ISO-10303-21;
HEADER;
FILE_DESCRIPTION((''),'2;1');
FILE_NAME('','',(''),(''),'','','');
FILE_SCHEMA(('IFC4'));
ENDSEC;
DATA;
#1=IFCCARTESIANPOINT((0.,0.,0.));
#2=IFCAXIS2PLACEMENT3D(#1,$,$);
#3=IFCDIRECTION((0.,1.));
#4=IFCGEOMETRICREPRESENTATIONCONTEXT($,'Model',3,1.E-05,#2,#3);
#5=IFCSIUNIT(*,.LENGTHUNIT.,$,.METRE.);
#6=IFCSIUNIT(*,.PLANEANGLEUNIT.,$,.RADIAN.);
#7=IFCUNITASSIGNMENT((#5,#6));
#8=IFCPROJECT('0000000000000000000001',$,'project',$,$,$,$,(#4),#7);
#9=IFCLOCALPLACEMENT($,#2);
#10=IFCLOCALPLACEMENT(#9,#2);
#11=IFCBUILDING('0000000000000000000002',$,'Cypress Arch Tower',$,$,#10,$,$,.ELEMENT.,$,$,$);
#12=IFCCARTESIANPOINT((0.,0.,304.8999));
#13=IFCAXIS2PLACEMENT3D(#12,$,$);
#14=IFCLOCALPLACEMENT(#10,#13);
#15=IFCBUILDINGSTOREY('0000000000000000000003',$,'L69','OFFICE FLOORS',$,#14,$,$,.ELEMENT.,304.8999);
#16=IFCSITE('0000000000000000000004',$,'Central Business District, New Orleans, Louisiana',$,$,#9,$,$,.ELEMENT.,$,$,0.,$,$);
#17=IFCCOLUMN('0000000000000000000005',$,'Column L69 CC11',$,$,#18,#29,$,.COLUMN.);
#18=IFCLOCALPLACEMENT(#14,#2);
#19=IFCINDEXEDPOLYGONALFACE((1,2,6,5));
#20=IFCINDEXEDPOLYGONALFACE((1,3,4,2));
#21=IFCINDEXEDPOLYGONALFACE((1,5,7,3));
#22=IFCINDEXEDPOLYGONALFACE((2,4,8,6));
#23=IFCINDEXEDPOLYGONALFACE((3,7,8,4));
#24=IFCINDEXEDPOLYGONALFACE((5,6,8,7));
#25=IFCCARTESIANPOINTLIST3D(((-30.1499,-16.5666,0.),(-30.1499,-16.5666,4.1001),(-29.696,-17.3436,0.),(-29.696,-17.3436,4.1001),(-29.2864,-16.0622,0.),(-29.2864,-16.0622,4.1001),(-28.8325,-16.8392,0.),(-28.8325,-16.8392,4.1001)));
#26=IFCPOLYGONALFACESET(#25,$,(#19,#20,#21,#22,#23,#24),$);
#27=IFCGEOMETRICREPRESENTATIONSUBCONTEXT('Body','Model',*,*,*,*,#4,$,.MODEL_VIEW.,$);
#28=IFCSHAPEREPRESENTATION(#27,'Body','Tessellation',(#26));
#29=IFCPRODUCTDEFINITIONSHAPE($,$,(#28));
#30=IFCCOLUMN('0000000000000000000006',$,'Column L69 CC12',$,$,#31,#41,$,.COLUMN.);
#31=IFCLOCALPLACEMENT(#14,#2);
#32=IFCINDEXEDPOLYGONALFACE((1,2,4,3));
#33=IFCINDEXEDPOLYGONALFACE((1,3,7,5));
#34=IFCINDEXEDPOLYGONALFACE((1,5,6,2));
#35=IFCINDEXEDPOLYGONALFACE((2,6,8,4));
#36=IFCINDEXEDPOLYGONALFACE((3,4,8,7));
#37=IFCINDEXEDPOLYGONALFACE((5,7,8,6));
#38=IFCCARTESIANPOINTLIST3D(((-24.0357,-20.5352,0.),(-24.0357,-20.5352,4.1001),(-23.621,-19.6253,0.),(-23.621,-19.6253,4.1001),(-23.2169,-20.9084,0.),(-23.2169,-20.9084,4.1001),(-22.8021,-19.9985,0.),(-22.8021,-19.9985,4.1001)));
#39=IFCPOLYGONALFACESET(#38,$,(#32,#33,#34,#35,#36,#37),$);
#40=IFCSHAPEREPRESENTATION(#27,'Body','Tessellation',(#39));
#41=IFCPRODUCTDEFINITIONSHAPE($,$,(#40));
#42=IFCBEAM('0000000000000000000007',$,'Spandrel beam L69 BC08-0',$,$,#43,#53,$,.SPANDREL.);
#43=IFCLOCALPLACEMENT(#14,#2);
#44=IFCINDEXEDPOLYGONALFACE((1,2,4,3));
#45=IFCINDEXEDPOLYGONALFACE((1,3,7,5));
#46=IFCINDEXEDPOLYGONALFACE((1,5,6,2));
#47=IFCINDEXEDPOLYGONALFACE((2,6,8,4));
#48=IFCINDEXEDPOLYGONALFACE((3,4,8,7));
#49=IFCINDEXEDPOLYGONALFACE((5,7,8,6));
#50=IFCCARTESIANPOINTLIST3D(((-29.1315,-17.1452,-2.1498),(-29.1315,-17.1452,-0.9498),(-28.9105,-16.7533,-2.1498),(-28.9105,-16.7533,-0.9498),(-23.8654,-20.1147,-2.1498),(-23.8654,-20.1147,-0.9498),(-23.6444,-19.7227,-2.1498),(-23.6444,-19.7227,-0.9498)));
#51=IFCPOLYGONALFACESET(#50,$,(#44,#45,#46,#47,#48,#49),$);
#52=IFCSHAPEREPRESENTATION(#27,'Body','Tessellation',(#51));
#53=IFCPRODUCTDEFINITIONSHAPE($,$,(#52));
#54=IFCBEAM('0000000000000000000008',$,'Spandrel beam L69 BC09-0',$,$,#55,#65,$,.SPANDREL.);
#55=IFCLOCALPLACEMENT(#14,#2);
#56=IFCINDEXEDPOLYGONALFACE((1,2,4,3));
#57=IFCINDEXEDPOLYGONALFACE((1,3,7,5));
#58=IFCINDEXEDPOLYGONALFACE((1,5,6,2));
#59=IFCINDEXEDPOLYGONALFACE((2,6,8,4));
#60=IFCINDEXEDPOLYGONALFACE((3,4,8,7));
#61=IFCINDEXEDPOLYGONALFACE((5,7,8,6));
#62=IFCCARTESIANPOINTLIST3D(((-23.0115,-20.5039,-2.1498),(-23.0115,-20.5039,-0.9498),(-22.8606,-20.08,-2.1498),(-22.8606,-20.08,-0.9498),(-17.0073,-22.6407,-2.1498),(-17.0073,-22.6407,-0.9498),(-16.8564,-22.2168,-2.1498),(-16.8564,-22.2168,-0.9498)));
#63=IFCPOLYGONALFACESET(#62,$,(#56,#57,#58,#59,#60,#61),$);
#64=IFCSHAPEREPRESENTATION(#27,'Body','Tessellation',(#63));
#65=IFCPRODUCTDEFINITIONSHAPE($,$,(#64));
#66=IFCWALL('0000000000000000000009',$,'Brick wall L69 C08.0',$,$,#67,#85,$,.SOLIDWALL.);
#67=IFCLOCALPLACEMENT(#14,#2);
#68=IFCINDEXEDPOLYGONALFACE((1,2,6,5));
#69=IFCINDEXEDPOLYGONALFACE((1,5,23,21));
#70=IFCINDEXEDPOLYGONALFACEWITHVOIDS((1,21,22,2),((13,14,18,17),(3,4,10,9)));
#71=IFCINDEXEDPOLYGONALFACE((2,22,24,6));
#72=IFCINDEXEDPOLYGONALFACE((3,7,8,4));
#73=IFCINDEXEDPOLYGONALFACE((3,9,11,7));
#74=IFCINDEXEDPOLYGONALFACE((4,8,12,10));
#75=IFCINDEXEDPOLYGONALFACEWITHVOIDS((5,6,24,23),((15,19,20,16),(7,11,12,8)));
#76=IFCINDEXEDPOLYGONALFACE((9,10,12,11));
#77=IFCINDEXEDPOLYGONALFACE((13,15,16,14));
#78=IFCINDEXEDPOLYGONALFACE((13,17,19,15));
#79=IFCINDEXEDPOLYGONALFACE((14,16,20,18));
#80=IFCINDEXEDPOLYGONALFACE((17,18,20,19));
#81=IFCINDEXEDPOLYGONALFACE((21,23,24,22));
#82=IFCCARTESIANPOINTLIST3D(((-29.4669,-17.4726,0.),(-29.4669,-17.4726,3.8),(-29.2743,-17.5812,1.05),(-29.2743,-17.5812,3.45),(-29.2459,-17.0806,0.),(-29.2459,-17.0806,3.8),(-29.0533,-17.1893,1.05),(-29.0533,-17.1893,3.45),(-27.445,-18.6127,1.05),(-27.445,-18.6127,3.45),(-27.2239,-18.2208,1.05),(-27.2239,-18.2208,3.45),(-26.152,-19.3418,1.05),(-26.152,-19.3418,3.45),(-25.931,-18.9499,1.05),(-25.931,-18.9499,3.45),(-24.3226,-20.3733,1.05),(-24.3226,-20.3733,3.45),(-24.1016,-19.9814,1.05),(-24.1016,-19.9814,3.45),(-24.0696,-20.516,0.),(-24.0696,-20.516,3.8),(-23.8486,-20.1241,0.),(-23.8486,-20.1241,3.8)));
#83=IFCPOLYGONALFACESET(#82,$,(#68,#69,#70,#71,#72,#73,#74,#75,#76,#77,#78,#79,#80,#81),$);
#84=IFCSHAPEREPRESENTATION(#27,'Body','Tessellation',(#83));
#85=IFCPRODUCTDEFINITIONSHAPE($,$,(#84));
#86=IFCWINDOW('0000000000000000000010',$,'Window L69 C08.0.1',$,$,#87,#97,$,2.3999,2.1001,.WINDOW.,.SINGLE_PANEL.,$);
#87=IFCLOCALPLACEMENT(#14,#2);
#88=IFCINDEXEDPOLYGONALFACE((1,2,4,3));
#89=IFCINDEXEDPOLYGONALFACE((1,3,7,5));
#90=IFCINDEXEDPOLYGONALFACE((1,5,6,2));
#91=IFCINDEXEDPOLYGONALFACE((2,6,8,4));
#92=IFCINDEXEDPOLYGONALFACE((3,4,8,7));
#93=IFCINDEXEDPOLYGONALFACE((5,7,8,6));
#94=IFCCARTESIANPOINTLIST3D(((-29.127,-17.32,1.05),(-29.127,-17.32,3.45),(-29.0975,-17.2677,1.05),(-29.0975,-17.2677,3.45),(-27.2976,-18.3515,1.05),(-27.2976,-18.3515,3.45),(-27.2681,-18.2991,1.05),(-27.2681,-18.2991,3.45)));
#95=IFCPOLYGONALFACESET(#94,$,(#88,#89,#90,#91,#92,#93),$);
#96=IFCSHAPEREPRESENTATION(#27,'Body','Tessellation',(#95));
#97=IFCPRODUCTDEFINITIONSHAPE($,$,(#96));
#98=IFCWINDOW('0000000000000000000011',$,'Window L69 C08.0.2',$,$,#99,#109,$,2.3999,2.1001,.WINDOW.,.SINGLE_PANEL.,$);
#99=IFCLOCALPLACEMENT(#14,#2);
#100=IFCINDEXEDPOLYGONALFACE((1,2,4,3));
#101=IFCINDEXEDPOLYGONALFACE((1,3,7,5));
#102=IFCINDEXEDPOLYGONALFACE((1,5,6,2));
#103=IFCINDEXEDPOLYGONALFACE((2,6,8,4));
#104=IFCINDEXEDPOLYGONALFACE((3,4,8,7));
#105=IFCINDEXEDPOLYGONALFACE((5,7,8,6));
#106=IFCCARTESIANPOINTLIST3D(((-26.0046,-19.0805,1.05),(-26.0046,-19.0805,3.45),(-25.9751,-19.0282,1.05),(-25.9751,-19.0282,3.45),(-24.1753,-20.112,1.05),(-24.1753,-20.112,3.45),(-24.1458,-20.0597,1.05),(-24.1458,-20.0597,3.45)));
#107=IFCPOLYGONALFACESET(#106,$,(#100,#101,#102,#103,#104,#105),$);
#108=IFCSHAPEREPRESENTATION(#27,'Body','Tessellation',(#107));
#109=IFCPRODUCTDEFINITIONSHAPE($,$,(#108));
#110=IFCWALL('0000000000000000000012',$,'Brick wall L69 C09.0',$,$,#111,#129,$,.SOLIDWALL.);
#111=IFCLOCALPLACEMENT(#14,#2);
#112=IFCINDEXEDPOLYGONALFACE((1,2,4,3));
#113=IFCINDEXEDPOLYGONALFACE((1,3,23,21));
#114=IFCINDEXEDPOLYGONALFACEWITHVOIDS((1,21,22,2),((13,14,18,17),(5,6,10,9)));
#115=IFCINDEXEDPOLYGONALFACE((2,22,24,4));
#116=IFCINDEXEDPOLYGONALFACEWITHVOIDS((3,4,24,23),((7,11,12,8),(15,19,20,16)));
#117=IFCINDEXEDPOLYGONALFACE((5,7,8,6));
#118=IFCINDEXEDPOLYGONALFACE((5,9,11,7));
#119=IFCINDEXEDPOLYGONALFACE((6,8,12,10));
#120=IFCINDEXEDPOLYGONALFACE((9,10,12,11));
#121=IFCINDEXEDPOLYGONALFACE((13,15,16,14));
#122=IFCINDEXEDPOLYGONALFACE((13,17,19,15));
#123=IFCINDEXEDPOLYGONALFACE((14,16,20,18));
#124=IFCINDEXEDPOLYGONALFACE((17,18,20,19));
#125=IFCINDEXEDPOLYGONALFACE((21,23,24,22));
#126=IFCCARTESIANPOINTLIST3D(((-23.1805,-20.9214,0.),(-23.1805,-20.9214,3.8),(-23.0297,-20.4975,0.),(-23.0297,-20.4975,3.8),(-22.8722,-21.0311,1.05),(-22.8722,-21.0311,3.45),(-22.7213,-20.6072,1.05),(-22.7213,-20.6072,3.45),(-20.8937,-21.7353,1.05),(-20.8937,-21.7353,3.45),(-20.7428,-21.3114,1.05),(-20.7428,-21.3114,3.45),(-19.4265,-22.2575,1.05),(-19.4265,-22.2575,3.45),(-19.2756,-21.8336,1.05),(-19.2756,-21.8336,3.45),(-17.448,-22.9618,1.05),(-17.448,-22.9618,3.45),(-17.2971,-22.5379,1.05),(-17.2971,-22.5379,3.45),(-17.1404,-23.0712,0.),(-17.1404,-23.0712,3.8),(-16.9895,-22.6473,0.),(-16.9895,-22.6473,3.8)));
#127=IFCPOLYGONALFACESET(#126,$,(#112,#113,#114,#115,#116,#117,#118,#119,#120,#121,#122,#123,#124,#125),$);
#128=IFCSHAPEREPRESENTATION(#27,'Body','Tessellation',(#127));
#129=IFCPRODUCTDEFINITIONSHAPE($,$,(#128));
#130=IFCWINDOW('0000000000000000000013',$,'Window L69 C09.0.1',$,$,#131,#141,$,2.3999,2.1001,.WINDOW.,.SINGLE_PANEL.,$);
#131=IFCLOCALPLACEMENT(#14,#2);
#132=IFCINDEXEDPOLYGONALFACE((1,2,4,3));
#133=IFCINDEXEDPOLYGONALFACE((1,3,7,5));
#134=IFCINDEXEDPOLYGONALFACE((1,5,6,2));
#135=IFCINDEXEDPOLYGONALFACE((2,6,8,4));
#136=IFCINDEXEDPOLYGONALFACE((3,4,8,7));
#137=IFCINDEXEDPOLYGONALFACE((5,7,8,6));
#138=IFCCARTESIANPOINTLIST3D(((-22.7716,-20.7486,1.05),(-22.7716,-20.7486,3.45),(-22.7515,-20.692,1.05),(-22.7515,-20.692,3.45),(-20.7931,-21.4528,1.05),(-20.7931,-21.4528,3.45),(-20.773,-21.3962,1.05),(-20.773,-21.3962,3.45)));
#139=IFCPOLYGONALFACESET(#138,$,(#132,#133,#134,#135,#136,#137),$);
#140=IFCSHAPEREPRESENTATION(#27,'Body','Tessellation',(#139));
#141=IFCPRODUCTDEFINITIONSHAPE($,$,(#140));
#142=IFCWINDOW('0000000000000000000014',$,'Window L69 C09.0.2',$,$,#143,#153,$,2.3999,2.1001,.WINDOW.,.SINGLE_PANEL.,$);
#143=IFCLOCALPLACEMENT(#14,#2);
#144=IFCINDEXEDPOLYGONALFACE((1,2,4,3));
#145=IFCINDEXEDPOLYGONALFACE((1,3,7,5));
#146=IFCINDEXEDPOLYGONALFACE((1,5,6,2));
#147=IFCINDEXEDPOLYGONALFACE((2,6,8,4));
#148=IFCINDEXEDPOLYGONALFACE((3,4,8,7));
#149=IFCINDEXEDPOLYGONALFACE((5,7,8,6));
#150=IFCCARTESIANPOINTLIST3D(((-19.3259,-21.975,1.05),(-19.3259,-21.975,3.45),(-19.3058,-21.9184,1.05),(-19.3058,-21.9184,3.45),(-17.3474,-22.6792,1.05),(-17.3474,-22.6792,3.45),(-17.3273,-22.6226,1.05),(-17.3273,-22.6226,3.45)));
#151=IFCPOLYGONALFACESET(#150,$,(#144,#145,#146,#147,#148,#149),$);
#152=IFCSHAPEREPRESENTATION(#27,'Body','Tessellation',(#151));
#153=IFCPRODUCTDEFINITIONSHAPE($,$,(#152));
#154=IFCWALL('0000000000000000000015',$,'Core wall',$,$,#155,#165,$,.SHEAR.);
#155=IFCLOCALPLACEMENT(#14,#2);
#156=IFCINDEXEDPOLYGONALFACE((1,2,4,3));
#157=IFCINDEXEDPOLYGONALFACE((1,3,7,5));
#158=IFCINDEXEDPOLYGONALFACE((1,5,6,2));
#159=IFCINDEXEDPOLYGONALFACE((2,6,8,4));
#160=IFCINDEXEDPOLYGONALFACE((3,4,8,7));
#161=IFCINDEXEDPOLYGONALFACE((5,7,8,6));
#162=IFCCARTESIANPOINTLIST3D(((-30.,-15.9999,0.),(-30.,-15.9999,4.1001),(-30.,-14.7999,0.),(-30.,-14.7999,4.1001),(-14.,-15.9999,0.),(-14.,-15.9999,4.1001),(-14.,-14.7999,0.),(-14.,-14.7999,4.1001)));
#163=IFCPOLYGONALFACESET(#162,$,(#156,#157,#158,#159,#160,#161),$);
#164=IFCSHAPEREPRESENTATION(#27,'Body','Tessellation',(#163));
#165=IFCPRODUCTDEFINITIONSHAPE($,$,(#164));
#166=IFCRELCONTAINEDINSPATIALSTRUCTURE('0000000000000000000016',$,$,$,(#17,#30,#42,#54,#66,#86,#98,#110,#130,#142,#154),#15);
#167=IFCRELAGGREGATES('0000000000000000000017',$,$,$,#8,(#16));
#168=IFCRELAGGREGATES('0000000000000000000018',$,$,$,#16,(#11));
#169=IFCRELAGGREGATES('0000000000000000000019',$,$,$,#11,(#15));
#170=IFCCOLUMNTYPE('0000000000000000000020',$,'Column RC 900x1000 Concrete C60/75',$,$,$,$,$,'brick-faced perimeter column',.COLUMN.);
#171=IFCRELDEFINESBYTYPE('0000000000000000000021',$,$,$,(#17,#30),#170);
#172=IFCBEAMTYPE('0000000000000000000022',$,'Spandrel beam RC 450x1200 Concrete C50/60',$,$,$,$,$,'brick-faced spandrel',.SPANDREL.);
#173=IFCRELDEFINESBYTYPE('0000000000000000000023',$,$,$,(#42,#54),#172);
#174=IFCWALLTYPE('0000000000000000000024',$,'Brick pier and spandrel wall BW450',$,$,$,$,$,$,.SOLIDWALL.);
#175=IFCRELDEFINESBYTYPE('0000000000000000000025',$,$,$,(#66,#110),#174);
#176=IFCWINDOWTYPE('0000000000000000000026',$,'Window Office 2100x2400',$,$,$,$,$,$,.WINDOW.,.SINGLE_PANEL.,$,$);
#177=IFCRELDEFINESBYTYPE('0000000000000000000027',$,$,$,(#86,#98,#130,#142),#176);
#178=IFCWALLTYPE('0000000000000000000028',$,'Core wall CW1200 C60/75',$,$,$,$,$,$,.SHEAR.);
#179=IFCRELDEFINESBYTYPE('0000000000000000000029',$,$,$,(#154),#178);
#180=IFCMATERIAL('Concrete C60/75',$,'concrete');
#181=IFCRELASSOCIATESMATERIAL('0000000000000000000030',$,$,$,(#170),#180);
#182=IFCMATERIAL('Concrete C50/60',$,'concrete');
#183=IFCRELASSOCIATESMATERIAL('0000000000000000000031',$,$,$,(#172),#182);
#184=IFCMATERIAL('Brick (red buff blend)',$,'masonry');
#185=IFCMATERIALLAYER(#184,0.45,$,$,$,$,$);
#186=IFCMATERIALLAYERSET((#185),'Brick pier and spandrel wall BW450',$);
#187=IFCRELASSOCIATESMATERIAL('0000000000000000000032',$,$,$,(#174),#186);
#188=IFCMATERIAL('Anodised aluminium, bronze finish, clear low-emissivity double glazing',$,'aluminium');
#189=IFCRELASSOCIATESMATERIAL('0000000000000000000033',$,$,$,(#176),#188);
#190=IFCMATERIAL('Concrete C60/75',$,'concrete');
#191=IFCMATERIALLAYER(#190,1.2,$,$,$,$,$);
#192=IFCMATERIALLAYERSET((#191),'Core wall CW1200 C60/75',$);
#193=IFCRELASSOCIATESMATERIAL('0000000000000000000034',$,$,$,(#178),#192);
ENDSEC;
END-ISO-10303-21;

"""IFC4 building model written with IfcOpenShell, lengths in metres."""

from ifc_helpers import new_model, si_unit, direction, frame, frame_2d, origin, origin_2d, place, context, subcontext, project, spatial, rectangle, extrude, material, layer, layer_set, material_profile, profile_set, type_object, element, fill, save


model = new_model("IFC4")

# Units and contexts
model_context = context("Model", 3, precision=1e-05, world=origin(), true_north=direction((0.0, 1.0)))
body_context = subcontext(model_context, "Body", "Model", "MODEL_VIEW")
ifc_project = project(units=[si_unit("LENGTHUNIT", "METRE"), si_unit("PLANEANGLEUNIT", "RADIAN")], contexts=[model_context])

# Site, building, storey
site_placement = place(None, origin())
site = spatial("IfcSite", under=ifc_project, at=site_placement, Name="Central Business District, New Orleans, Louisiana", CompositionType="ELEMENT", RefElevation=0.0)
building_placement = place(site_placement, origin())
building = spatial("IfcBuilding", under=site, at=building_placement, Name="Cypress Arch Tower", CompositionType="ELEMENT")
storey_placement = place(building_placement, frame((0.0, 0.0, 304.8999)))
storey = spatial("IfcBuildingStorey", under=building, at=storey_placement, Name="L69", Description="OFFICE FLOORS", CompositionType="ELEMENT", Elevation=304.8999)

# Columns
ifc_material_1 = material(Name="Concrete C60/75", Category="concrete")
ifc_material_profile_1 = material_profile(ifc_material_1, rectangle(XDim=0.8999, YDim=1.0, at=origin_2d()), Name="RC 900x1000")
ifc_profile_set_1 = profile_set([ifc_material_profile_1], Name="Concrete C60/75")
column_type = type_object("IfcColumnType", Name="Column RC 900x1000 Concrete C60/75", ElementType="brick-faced perimeter column", PredefinedType="COLUMN", material=ifc_profile_set_1)
for number, where, z_axis, x_axis, name in (
    (1, (-29.4912, -16.7029, 0.0), (0.0, 0.0, 1.0), (0.504399, -0.863471, 0.0), "Column L69 CC11"),
    (2, (-23.4189, -20.2668, 0.0), (0.0, 0.0, 1.0), (0.909932, -0.414757, 0.0), "Column L69 CC12"),
):
    element("IfcColumn", number, at=place(storey_placement, frame(where, z_axis=z_axis, x_axis=x_axis)), inside=storey, type_object=column_type, Name=name, PredefinedType="COLUMN", context=body_context, shape_type="SweptSolid", body=[
        extrude(rectangle(XDim=0.8999, YDim=1.0, at=origin_2d()), origin(), (0.0, 0.0, 1.0), 4.1001),
    ])

# Beams
ifc_material_2 = material(Name="Concrete C50/60", Category="concrete")
ifc_material_profile_2 = material_profile(ifc_material_2, rectangle(XDim=0.45, YDim=1.2, at=origin_2d()), Name="RC 450x1200")
ifc_profile_set_2 = profile_set([ifc_material_profile_2], Name="Concrete C50/60")
beam_type = type_object("IfcBeamType", Name="Spandrel beam RC 450x1200 Concrete C50/60", ElementType="brick-faced spandrel", PredefinedType="SPANDREL", material=ifc_profile_set_2)
beam_1_placement = place(storey_placement, frame((-29.021, -16.9492, -1.5498), z_axis=(0.87106, -0.491177, 0.0), x_axis=(0.491177, 0.87106, 0.0)))
element("IfcBeam", 3, at=beam_1_placement, inside=storey, type_object=beam_type, Name="Spandrel beam L69 BC08-0", PredefinedType="SPANDREL", context=body_context, shape_type="SweptSolid", body=[
    extrude(rectangle(XDim=0.45, YDim=1.2, at=origin_2d()), origin(), (0.0, 0.0, 1.0), 6.0457),
])
beam_2_placement = place(storey_placement, frame((-22.936, -20.292, -1.5498), z_axis=(0.94212, -0.335276, 0.0), x_axis=(0.335276, 0.94212, 0.0)))
element("IfcBeam", 4, at=beam_2_placement, inside=storey, type_object=beam_type, Name="Spandrel beam L69 BC09-0", PredefinedType="SPANDREL", context=body_context, shape_type="SweptSolid", body=[
    extrude(rectangle(XDim=0.45, YDim=1.2, at=origin_2d()), origin(), (0.0, 0.0, 1.0), 6.373),
])

# Walls, openings, windows
ifc_material_3 = material(Name="Brick (red buff blend)", Category="masonry")
ifc_layer_1 = layer(ifc_material_3, 0.45)
ifc_layer_set_1 = layer_set([ifc_layer_1], Name="Brick pier and spandrel wall BW450")
wall_type_1 = type_object("IfcWallType", Name="Brick pier and spandrel wall BW450", PredefinedType="SOLIDWALL", material=ifc_layer_set_1)
wall_1_placement = place(storey_placement, frame((-29.3564, -17.2766, 0.0), z_axis=(0.0, 0.0, 1.0), x_axis=(0.871066, -0.491166, 0.0)))
wall_1 = element("IfcWall", 5, at=wall_1_placement, inside=storey, type_object=wall_type_1, Name="Brick wall L69 C08.0", PredefinedType="SOLIDWALL", context=body_context, shape_type="SweptSolid", body=[
    extrude(rectangle(XDim=6.1963, YDim=0.45, at=frame_2d((3.0981, 0.0))), origin(), (0.0, 0.0, 1.0), 3.8),
])
opening_1_placement = place(wall_1_placement, frame((0.2212, 0.0, 1.05)))
opening_1 = element("IfcOpeningElement", 6, at=opening_1_placement, cuts=wall_1, PredefinedType="OPENING", context=body_context, shape_type="SweptSolid", body=[
    extrude(rectangle(XDim=2.1001, YDim=2.3999, at=frame_2d((1.05, 1.2))), frame((0.0, 0.2349, 0.0), z_axis=(0.0, -1.0, 0.0), x_axis=(1.0, 0.0, 0.0)), (0.0, 0.0, 1.0), 0.47),
])
opening_2_placement = place(wall_1_placement, frame((3.8057, 0.0, 1.05)))
opening_2 = element("IfcOpeningElement", 7, at=opening_2_placement, cuts=wall_1, PredefinedType="OPENING", context=body_context, shape_type="SweptSolid", body=[
    extrude(rectangle(XDim=2.1001, YDim=2.3999, at=frame_2d((1.05, 1.2))), frame((0.0, 0.2349, 0.0), z_axis=(0.0, -1.0, 0.0), x_axis=(1.0, 0.0, 0.0)), (0.0, 0.0, 1.0), 0.47),
])
ifc_material_4 = material(Name="Anodised aluminium, bronze finish, clear low-emissivity double glazing", Category="aluminium")
window_type = type_object("IfcWindowType", Name="Window Office 2100x2400", PartitioningType="SINGLE_PANEL", PredefinedType="WINDOW", material=ifc_material_4)
window_1_placement = place(opening_1_placement, origin())
window_1 = element("IfcWindow", 8, at=window_1_placement, inside=storey, type_object=window_type, Name="Window L69 C08.0.1", OverallHeight=2.3999, OverallWidth=2.1001, PartitioningType="SINGLE_PANEL", PredefinedType="WINDOW", context=body_context, shape_type="SweptSolid", body=[
    extrude(rectangle(XDim=2.1001, YDim=2.3999, at=frame_2d((1.05, 1.2))), frame((0.0, 0.135, 0.0), z_axis=(0.0, -1.0, 0.0), x_axis=(1.0, 0.0, 0.0)), (0.0, 0.0, 1.0), 0.0601),
])
fill(opening_1, window_1)
window_2_placement = place(opening_2_placement, origin())
window_2 = element("IfcWindow", 9, at=window_2_placement, inside=storey, type_object=window_type, Name="Window L69 C08.0.2", OverallHeight=2.3999, OverallWidth=2.1001, PartitioningType="SINGLE_PANEL", PredefinedType="WINDOW", context=body_context, shape_type="SweptSolid", body=[
    extrude(rectangle(XDim=2.1001, YDim=2.3999, at=frame_2d((1.05, 1.2))), frame((0.0, 0.135, 0.0), z_axis=(0.0, -1.0, 0.0), x_axis=(1.0, 0.0, 0.0)), (0.0, 0.0, 1.0), 0.0601),
])
fill(opening_2, window_2)
wall_2_placement = place(storey_placement, frame((-23.105, -20.7095, 0.0), z_axis=(0.0, 0.0, 1.0), x_axis=(0.942104, -0.335321, 0.0)))
wall_2 = element("IfcWall", 10, at=wall_2_placement, inside=storey, type_object=wall_type_1, Name="Brick wall L69 C09.0", PredefinedType="SOLIDWALL", context=body_context, shape_type="SweptSolid", body=[
    extrude(rectangle(XDim=6.4114, YDim=0.45, at=frame_2d((3.2056, 0.0))), origin(), (0.0, 0.0, 1.0), 3.8),
])
opening_3_placement = place(wall_2_placement, frame((0.3271, 0.0, 1.05)))
opening_3 = element("IfcOpeningElement", 11, at=opening_3_placement, cuts=wall_2, PredefinedType="OPENING", context=body_context, shape_type="SweptSolid", body=[
    extrude(rectangle(XDim=2.1001, YDim=2.3999, at=frame_2d((1.05, 1.2))), frame((0.0, 0.2349, 0.0), z_axis=(0.0, -1.0, 0.0), x_axis=(1.0, 0.0, 0.0)), (0.0, 0.0, 1.0), 0.47),
])
opening_4_placement = place(wall_2_placement, frame((3.9846, 0.0, 1.05)))
opening_4 = element("IfcOpeningElement", 12, at=opening_4_placement, cuts=wall_2, PredefinedType="OPENING", context=body_context, shape_type="SweptSolid", body=[
    extrude(rectangle(XDim=2.1001, YDim=2.3999, at=frame_2d((1.05, 1.2))), frame((0.0, 0.2349, 0.0), z_axis=(0.0, -1.0, 0.0), x_axis=(1.0, 0.0, 0.0)), (0.0, 0.0, 1.0), 0.47),
])
window_3_placement = place(opening_3_placement, origin())
window_3 = element("IfcWindow", 13, at=window_3_placement, inside=storey, type_object=window_type, Name="Window L69 C09.0.1", OverallHeight=2.3999, OverallWidth=2.1001, PartitioningType="SINGLE_PANEL", PredefinedType="WINDOW", context=body_context, shape_type="SweptSolid", body=[
    extrude(rectangle(XDim=2.1001, YDim=2.3999, at=frame_2d((1.05, 1.2))), frame((0.0, 0.135, 0.0), z_axis=(0.0, -1.0, 0.0), x_axis=(1.0, 0.0, 0.0)), (0.0, 0.0, 1.0), 0.0601),
])
fill(opening_3, window_3)
window_4_placement = place(opening_4_placement, origin())
window_4 = element("IfcWindow", 14, at=window_4_placement, inside=storey, type_object=window_type, Name="Window L69 C09.0.2", OverallHeight=2.3999, OverallWidth=2.1001, PartitioningType="SINGLE_PANEL", PredefinedType="WINDOW", context=body_context, shape_type="SweptSolid", body=[
    extrude(rectangle(XDim=2.1001, YDim=2.3999, at=frame_2d((1.05, 1.2))), frame((0.0, 0.135, 0.0), z_axis=(0.0, -1.0, 0.0), x_axis=(1.0, 0.0, 0.0)), (0.0, 0.0, 1.0), 0.0601),
])
fill(opening_4, window_4)

# Wall
ifc_material_5 = material(Name="Concrete C60/75", Category="concrete")
ifc_layer_2 = layer(ifc_material_5, 1.2)
ifc_layer_set_2 = layer_set([ifc_layer_2], Name="Core wall CW1200 C60/75")
wall_type_2 = type_object("IfcWallType", Name="Core wall CW1200 C60/75", PredefinedType="SHEAR", material=ifc_layer_set_2)
wall_3_placement = place(storey_placement, frame((-30.0, -15.3999, 0.0), z_axis=(0.0, 0.0, 1.0), x_axis=(1.0, 0.0, 0.0)))
element("IfcWall", 15, at=wall_3_placement, inside=storey, type_object=wall_type_2, Name="Core wall", PredefinedType="SHEAR", context=body_context, shape_type="SweptSolid", body=[
    extrude(rectangle(XDim=16.0, YDim=1.2, at=frame_2d((8.0, 0.0))), origin(), (0.0, 0.0, 1.0), 4.1001),
])

save(model, "model.ifc")
